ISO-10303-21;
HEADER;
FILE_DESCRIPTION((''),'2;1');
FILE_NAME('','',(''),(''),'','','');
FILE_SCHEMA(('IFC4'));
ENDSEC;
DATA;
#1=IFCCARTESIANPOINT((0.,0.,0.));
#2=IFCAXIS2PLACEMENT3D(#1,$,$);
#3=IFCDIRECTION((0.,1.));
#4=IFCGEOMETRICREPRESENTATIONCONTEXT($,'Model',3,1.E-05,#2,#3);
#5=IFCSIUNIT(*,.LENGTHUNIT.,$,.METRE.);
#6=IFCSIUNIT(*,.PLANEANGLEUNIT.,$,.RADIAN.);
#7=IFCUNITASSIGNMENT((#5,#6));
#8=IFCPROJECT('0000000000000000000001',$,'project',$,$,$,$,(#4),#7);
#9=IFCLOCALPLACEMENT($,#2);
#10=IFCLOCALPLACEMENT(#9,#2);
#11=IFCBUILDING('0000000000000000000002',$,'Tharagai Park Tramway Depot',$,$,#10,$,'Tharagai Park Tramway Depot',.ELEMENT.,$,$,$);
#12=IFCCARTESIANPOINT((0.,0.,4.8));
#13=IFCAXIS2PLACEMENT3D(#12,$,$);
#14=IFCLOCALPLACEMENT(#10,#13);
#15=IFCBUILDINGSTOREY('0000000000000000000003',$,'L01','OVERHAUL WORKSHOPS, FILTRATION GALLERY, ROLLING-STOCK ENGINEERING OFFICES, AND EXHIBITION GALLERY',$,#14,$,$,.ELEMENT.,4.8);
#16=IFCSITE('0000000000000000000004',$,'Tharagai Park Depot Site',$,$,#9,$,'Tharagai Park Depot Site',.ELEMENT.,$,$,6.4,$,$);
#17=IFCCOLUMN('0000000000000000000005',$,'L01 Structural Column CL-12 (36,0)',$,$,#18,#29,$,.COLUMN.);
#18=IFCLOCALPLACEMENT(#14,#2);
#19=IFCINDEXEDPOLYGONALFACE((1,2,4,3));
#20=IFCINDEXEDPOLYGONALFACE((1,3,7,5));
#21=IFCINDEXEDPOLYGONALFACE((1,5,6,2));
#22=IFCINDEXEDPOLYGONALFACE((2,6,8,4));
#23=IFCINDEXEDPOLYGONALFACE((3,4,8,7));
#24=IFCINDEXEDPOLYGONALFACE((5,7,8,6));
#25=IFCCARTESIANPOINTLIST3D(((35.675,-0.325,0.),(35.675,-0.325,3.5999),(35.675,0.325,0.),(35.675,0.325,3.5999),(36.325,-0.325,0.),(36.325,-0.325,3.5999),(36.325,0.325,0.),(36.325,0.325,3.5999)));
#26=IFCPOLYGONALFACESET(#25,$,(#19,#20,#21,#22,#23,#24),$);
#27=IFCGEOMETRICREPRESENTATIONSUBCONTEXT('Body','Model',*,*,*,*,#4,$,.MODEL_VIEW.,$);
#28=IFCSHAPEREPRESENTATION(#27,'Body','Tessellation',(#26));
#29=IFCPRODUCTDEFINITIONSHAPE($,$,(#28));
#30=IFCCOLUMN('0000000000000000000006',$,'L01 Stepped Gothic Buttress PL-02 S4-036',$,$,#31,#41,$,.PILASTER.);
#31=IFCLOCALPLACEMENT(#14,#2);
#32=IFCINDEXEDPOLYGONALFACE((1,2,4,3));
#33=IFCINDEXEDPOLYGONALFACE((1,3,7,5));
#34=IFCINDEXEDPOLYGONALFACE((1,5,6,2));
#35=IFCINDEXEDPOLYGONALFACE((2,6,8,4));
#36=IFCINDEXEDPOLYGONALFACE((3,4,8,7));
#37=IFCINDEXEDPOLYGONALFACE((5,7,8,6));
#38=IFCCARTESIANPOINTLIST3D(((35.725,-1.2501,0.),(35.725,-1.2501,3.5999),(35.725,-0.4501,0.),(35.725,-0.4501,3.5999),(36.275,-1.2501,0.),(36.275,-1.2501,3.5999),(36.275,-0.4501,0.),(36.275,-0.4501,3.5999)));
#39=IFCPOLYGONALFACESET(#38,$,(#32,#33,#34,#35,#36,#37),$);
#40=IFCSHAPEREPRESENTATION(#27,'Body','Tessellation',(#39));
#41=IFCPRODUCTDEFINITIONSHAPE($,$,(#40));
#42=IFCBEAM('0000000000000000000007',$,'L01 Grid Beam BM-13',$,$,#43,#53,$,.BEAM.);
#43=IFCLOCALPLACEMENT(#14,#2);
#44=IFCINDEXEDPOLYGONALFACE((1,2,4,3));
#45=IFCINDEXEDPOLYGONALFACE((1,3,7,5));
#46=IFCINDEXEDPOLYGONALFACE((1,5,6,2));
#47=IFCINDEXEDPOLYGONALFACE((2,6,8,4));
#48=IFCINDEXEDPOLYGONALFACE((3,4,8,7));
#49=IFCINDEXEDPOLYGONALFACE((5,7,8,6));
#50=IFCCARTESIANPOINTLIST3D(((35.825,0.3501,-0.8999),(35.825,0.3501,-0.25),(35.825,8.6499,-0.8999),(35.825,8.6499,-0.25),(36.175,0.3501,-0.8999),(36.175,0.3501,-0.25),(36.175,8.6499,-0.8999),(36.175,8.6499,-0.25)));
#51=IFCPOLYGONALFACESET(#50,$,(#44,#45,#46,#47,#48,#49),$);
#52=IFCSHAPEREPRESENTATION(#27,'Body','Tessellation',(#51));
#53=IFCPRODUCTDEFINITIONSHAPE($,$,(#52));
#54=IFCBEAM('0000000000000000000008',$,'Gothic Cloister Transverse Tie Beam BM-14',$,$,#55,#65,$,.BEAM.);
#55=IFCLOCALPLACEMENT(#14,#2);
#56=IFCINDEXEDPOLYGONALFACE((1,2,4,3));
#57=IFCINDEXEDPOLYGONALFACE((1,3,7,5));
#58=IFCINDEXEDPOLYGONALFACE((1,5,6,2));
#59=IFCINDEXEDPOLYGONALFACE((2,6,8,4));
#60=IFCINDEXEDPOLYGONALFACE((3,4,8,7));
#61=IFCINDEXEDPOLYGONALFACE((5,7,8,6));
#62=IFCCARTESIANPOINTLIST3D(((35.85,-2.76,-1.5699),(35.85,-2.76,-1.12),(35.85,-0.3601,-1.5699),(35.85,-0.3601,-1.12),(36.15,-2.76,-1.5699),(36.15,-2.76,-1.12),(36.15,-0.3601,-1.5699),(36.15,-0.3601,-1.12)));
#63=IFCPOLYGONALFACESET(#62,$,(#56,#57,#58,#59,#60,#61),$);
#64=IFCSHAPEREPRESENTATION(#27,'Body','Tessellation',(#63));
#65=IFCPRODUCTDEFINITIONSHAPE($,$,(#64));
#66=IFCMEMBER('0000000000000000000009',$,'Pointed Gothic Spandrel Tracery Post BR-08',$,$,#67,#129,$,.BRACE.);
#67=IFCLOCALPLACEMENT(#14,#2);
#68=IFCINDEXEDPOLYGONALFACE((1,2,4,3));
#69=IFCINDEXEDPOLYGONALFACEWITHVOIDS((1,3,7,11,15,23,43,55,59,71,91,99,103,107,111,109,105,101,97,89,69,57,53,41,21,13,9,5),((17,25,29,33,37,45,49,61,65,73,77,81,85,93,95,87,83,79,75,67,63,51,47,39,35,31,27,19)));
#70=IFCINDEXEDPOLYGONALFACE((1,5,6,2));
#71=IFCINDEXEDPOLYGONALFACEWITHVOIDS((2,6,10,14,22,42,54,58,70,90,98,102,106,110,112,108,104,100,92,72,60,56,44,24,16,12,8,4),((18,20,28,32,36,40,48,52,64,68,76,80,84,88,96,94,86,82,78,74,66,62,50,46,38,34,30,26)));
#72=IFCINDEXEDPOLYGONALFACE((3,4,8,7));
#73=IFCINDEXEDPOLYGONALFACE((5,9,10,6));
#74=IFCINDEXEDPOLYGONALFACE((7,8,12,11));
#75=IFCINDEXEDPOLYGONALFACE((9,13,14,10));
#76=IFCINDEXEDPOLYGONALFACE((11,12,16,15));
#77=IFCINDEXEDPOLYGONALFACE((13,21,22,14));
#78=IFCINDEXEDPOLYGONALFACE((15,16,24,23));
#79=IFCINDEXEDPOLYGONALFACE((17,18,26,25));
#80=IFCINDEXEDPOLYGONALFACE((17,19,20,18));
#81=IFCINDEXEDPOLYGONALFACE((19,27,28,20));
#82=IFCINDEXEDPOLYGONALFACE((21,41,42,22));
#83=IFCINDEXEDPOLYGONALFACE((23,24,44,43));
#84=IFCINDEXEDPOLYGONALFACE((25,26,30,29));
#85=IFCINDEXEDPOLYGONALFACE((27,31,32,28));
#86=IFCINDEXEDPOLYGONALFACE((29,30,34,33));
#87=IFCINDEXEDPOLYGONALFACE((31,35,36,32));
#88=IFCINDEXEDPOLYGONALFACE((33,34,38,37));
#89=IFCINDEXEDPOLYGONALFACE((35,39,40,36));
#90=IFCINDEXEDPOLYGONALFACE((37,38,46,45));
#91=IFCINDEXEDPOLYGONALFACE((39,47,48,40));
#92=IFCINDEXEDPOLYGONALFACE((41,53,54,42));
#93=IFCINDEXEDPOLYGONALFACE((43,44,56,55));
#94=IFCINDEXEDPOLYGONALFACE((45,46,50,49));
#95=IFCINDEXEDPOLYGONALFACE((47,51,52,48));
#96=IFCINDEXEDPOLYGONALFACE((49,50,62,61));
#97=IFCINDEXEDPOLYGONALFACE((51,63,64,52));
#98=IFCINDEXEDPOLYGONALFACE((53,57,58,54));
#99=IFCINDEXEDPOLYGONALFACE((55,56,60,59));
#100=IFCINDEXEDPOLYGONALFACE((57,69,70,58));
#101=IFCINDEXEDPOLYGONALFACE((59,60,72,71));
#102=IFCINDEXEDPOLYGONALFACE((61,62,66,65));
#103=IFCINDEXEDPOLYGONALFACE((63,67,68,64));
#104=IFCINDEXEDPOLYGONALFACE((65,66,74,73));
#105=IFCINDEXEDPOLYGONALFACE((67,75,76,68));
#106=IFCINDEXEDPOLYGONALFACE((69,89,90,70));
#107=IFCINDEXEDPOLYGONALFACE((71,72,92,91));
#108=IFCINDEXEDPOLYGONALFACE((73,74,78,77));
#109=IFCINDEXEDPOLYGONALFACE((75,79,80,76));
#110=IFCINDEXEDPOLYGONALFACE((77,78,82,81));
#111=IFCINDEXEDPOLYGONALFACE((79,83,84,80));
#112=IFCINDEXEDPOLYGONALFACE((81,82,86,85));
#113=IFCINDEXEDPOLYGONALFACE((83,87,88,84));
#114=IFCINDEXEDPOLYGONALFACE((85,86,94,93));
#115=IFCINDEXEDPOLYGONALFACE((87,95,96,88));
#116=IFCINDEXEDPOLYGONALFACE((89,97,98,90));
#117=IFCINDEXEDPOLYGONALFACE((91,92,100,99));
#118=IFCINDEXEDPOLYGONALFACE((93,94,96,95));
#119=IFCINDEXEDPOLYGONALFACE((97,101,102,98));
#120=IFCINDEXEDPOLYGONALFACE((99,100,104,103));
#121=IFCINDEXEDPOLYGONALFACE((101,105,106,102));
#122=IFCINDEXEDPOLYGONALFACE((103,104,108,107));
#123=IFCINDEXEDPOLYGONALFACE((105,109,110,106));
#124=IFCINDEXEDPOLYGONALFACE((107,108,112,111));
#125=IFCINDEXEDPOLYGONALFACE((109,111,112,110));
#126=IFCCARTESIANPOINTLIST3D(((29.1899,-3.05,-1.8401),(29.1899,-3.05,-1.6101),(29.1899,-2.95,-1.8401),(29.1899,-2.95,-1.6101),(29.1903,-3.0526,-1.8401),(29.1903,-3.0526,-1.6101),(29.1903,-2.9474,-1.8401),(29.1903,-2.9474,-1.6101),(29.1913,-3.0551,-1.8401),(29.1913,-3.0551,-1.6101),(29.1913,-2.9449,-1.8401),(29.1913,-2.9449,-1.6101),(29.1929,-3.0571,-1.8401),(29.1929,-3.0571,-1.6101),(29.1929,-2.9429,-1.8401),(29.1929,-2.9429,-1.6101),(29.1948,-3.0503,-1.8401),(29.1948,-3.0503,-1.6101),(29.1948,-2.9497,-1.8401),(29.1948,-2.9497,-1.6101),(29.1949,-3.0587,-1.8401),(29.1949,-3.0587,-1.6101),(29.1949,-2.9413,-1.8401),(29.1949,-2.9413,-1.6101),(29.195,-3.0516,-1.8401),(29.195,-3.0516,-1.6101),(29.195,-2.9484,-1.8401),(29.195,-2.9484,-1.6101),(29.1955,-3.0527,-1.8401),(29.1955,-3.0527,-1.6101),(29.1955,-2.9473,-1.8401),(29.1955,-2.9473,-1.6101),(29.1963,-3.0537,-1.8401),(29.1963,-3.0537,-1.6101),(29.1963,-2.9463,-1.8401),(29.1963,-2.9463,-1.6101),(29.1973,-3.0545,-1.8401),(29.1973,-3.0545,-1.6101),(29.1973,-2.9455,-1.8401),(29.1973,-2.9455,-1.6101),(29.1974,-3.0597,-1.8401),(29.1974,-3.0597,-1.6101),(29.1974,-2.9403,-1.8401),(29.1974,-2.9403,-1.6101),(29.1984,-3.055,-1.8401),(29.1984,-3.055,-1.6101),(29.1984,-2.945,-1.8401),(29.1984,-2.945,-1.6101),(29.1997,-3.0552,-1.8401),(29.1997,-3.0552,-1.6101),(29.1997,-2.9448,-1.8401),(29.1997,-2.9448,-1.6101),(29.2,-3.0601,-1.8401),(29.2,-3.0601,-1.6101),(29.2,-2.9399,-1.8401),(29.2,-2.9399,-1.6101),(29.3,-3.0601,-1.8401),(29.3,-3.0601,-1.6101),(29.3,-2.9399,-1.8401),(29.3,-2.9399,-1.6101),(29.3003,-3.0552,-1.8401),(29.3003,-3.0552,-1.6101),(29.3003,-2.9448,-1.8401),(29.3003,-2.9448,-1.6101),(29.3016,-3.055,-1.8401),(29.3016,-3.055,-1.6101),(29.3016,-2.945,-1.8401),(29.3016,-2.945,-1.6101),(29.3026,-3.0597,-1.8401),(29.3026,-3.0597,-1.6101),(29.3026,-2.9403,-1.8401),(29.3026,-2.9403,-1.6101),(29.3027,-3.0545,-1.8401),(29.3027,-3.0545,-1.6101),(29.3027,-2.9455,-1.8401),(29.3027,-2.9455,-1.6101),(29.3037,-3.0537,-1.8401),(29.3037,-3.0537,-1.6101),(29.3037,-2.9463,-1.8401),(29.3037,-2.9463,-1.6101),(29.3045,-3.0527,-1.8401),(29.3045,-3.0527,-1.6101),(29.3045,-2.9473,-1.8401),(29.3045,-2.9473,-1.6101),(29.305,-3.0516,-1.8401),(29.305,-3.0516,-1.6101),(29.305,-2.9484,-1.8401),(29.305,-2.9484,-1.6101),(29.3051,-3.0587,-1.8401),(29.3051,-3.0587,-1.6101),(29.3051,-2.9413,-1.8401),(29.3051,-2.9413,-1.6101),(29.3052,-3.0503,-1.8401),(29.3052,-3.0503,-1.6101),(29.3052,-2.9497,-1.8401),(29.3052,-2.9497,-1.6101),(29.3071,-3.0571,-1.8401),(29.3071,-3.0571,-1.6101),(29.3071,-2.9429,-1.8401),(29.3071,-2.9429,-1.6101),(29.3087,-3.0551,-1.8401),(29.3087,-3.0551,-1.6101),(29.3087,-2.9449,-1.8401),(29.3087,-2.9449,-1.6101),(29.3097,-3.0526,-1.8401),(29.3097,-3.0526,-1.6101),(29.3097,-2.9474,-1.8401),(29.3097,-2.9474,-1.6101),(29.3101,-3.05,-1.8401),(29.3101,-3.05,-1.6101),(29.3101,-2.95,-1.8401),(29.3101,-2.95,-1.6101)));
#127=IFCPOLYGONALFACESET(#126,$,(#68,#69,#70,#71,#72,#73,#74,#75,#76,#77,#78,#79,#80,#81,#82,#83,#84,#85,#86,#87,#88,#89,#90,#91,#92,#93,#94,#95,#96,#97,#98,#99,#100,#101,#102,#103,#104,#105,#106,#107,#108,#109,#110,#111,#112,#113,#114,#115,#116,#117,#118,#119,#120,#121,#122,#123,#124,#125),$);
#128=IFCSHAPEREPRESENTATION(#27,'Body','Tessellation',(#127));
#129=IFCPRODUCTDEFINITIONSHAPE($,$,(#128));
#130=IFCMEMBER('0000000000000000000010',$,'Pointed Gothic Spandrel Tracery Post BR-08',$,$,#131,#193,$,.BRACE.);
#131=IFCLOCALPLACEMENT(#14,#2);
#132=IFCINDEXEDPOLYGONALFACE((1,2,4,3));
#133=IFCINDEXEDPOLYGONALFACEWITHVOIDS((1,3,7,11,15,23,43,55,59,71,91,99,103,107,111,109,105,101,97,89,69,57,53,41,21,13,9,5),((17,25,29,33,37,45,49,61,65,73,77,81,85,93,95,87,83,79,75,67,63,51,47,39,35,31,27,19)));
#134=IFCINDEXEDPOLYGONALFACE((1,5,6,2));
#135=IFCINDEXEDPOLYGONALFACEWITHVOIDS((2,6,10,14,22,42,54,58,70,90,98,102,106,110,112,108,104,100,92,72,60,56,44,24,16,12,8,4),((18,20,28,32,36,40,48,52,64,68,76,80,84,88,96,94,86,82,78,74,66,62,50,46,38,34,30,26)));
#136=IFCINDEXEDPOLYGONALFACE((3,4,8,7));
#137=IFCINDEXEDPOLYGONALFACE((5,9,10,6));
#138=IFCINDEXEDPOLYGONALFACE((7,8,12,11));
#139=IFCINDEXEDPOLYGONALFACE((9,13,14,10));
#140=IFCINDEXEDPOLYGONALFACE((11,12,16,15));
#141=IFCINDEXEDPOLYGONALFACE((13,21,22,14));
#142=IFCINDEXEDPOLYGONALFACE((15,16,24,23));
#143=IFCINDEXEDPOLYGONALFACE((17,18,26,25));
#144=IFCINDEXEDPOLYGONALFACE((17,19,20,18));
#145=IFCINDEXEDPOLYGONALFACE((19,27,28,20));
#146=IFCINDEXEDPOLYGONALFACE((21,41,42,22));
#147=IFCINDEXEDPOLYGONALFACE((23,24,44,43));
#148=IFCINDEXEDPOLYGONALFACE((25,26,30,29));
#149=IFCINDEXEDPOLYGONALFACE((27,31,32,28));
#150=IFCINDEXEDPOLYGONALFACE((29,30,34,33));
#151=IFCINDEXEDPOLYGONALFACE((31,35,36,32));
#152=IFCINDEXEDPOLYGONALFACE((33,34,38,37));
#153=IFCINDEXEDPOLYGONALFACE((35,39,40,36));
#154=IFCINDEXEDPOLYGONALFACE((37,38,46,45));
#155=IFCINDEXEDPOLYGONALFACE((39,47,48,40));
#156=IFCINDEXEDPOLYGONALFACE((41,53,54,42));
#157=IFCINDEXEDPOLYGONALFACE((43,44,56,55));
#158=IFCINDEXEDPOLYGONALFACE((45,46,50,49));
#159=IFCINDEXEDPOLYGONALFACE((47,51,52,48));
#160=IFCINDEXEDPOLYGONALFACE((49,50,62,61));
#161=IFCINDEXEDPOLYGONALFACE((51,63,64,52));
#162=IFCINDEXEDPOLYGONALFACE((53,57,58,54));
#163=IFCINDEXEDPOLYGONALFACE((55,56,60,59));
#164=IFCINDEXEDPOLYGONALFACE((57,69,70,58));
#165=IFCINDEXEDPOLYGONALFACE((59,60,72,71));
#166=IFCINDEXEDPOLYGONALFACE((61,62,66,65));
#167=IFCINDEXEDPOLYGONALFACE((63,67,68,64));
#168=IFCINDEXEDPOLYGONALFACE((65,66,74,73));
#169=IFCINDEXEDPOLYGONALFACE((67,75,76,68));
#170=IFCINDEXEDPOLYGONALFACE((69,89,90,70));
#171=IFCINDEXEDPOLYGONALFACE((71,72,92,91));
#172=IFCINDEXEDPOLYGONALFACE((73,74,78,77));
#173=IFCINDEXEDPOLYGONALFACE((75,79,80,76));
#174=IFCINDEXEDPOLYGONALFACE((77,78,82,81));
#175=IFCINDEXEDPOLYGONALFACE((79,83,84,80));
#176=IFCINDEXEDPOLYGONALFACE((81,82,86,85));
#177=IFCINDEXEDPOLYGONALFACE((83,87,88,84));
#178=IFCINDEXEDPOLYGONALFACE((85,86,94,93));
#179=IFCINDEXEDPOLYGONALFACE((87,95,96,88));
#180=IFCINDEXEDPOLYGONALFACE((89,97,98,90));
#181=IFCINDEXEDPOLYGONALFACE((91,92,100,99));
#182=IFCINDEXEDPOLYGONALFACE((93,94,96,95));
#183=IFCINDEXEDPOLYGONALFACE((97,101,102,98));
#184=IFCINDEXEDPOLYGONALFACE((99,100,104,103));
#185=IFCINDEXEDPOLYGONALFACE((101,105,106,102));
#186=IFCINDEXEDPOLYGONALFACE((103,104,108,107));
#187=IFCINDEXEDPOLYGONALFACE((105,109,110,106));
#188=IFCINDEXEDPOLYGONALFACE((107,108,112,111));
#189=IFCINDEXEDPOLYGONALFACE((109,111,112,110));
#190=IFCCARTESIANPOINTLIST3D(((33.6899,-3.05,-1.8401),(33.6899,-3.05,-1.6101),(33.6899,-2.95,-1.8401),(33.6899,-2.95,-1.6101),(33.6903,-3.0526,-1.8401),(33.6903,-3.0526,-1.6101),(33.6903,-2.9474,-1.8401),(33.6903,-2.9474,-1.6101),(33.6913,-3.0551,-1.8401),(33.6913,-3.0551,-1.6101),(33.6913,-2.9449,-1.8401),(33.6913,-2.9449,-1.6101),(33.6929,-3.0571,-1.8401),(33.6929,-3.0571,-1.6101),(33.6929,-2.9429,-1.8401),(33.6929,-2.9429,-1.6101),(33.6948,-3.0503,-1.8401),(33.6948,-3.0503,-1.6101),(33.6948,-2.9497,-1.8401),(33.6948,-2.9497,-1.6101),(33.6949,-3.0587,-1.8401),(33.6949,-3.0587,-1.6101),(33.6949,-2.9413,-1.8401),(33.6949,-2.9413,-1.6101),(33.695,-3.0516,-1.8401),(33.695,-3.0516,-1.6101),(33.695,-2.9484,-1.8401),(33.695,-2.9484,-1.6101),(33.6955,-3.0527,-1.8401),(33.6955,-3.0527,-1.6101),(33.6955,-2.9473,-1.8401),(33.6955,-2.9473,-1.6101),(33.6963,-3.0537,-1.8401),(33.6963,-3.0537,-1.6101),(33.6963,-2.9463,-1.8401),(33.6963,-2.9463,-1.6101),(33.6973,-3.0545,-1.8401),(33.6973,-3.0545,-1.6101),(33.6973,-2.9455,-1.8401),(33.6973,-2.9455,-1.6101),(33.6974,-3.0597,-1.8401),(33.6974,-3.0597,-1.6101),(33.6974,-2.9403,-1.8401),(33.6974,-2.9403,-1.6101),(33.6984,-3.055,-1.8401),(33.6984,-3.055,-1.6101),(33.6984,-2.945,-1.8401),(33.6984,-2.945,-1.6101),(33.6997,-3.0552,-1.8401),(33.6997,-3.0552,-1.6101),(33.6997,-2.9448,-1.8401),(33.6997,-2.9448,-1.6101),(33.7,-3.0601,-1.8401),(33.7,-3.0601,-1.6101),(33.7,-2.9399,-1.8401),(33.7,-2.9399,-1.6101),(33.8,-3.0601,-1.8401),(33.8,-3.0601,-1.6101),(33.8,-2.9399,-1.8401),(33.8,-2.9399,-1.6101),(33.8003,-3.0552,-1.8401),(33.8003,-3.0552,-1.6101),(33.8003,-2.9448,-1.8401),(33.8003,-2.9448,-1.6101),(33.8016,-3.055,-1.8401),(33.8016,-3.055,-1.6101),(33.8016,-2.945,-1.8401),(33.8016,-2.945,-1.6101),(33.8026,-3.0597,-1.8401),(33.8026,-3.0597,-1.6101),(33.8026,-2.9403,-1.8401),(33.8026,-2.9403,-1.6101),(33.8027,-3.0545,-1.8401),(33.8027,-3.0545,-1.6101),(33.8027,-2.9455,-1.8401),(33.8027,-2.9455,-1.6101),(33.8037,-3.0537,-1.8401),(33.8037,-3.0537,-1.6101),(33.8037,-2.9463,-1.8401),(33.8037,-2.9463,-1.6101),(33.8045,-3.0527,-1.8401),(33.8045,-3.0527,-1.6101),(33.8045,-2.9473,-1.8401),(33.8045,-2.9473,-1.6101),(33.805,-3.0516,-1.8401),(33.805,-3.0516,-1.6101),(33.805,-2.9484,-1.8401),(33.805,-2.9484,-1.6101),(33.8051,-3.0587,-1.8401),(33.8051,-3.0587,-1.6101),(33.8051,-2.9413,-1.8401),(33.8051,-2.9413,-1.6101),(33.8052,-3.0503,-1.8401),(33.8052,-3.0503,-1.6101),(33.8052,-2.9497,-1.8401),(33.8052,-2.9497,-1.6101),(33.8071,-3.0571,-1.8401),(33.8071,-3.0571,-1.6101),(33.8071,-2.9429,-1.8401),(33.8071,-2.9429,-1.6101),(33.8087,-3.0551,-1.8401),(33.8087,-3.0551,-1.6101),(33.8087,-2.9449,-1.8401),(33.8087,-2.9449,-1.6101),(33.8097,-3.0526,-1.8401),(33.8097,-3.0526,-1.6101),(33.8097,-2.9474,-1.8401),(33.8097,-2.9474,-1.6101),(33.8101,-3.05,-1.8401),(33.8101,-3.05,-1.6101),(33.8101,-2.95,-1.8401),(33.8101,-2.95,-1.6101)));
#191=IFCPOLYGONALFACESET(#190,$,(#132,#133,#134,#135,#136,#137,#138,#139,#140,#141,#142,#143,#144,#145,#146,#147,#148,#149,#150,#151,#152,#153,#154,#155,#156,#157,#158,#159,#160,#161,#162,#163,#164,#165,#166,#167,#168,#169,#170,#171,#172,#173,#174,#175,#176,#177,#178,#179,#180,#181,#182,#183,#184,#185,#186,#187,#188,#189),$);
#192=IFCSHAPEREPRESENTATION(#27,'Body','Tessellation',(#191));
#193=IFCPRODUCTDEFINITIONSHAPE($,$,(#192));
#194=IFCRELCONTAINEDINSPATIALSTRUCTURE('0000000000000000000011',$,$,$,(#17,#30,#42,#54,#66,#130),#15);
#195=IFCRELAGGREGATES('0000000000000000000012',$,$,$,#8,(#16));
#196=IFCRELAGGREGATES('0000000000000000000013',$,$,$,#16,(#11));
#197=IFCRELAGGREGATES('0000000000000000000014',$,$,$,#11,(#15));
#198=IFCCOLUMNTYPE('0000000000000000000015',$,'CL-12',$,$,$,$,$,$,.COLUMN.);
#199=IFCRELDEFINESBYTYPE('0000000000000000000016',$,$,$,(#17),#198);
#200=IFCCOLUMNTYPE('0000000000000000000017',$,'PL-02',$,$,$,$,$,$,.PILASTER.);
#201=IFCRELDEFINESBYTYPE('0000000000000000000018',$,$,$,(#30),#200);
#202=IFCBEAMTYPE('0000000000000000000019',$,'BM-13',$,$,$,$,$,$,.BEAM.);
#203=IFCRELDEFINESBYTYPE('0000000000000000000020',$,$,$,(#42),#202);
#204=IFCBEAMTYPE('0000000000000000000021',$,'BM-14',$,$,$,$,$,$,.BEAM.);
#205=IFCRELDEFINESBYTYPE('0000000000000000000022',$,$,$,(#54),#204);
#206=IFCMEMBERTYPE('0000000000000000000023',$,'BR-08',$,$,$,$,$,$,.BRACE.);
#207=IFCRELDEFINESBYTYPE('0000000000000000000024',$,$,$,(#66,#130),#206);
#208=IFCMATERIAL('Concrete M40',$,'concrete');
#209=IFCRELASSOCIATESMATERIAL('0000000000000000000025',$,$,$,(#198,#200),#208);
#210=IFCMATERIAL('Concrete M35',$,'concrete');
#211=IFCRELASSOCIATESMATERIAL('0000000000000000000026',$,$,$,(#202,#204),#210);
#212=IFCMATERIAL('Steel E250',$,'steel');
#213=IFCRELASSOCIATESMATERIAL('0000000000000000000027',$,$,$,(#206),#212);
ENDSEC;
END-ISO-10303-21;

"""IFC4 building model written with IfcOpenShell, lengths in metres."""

from ifc_helpers import new_model, si_unit, direction, frame, origin, origin_2d, place, context, subcontext, project, spatial, rectangle, hollow_rectangle, extrude, material, material_profile, profile_set, type_object, element, save


model = new_model("IFC4")

# Units and contexts
model_context = context("Model", 3, precision=1e-05, world=origin(), true_north=direction((0.0, 1.0)))
body_context = subcontext(model_context, "Body", "Model", "MODEL_VIEW")
ifc_project = project(units=[si_unit("LENGTHUNIT", "METRE"), si_unit("PLANEANGLEUNIT", "RADIAN")], contexts=[model_context])

# Site, building, storey
site_placement = place(None, origin())
site = spatial("IfcSite", under=ifc_project, at=site_placement, Name="Tharagai Park Depot Site", LongName="Tharagai Park Depot Site", CompositionType="ELEMENT", RefElevation=6.4)
building_placement = place(site_placement, origin())
building = spatial("IfcBuilding", under=site, at=building_placement, Name="Tharagai Park Tramway Depot", LongName="Tharagai Park Tramway Depot", CompositionType="ELEMENT")
storey_placement = place(building_placement, frame((0.0, 0.0, 4.8)))
storey = spatial("IfcBuildingStorey", under=building, at=storey_placement, Name="L01", Description="OVERHAUL WORKSHOPS, FILTRATION GALLERY, ROLLING-STOCK ENGINEERING OFFICES, AND EXHIBITION GALLERY", CompositionType="ELEMENT", Elevation=4.8)

# Columns
ifc_material_1 = material(Name="Concrete M40", Category="concrete")
ifc_material_profile_1 = material_profile(ifc_material_1, rectangle(XDim=0.6499, YDim=0.6499, at=origin_2d()), Name="RC 650x650")
ifc_profile_set_1 = profile_set([ifc_material_profile_1], Name="Concrete M40")
column_type_1 = type_object("IfcColumnType", Name="CL-12", PredefinedType="COLUMN", material=ifc_profile_set_1)
column_1_placement = place(storey_placement, frame((36.0, 0.0, 0.0), z_axis=(0.0, 0.0, 1.0), x_axis=(1.0, 0.0, 0.0)))
element("IfcColumn", 1, at=column_1_placement, inside=storey, type_object=column_type_1, Name="L01 Structural Column CL-12 (36,0)", PredefinedType="COLUMN", context=body_context, shape_type="SweptSolid", body=[
    extrude(rectangle(XDim=0.6499, YDim=0.6499, at=origin_2d()), origin(), (0.0, 0.0, 1.0), 3.5999),
])
ifc_material_profile_2 = material_profile(ifc_material_1, rectangle(XDim=0.55, YDim=0.8, at=origin_2d()), Name="RC 550x800")
ifc_profile_set_2 = profile_set([ifc_material_profile_2], Name="Concrete M40")
column_type_2 = type_object("IfcColumnType", Name="PL-02", PredefinedType="PILASTER", material=ifc_profile_set_2)
column_2_placement = place(storey_placement, frame((36.0, -0.8501, 0.0), z_axis=(0.0, 0.0, 1.0), x_axis=(1.0, 0.0, 0.0)))
element("IfcColumn", 2, at=column_2_placement, inside=storey, type_object=column_type_2, Name="L01 Stepped Gothic Buttress PL-02 S4-036", PredefinedType="PILASTER", context=body_context, shape_type="SweptSolid", body=[
    extrude(rectangle(XDim=0.55, YDim=0.8, at=origin_2d()), origin(), (0.0, 0.0, 1.0), 3.5999),
])

# Beams
ifc_material_2 = material(Name="Concrete M35", Category="concrete")
ifc_material_profile_3 = material_profile(ifc_material_2, rectangle(XDim=0.3501, YDim=0.6499, at=origin_2d()), Name="RC 350x650")
ifc_profile_set_3 = profile_set([ifc_material_profile_3], Name="Concrete M35")
beam_type_1 = type_object("IfcBeamType", Name="BM-13", PredefinedType="BEAM", material=ifc_profile_set_3)
beam_1_placement = place(storey_placement, frame((36.0, 0.3501, -0.575), z_axis=(0.0, 1.0, 0.0), x_axis=(-1.0, 0.0, 0.0)))
element("IfcBeam", 3, at=beam_1_placement, inside=storey, type_object=beam_type_1, Name="L01 Grid Beam BM-13", PredefinedType="BEAM", context=body_context, shape_type="SweptSolid", body=[
    extrude(rectangle(XDim=0.3501, YDim=0.6499, at=origin_2d()), origin(), (0.0, 0.0, 1.0), 8.2998),
])
ifc_material_profile_4 = material_profile(ifc_material_2, rectangle(XDim=0.3, YDim=0.45, at=origin_2d()), Name="RC 300x450")
ifc_profile_set_4 = profile_set([ifc_material_profile_4], Name="Concrete M35")
beam_type_2 = type_object("IfcBeamType", Name="BM-14", PredefinedType="BEAM", material=ifc_profile_set_4)
beam_2_placement = place(storey_placement, frame((36.0, -2.76, -1.345), z_axis=(0.0, 1.0, 0.0), x_axis=(-1.0, 0.0, 0.0)))
element("IfcBeam", 4, at=beam_2_placement, inside=storey, type_object=beam_type_2, Name="Gothic Cloister Transverse Tie Beam BM-14", PredefinedType="BEAM", context=body_context, shape_type="SweptSolid", body=[
    extrude(rectangle(XDim=0.3, YDim=0.45, at=origin_2d()), origin(), (0.0, 0.0, 1.0), 2.3999),
])

# Members
ifc_material_3 = material(Name="Steel E250", Category="steel")
ifc_material_profile_5 = material_profile(ifc_material_3, hollow_rectangle(XDim=0.1201, YDim=0.1201, WallThickness=0.0049, InnerFilletRadius=0.0049, OuterFilletRadius=0.01, at=origin_2d()), Name="SHS 120x120x5")
ifc_profile_set_5 = profile_set([ifc_material_profile_5], Name="Steel E250")
member_type_1 = type_object("IfcMemberType", Name="BR-08", PredefinedType="BRACE", material=ifc_profile_set_5)
for number, where, z_axis, x_axis, name in (
    (5, (29.25, -3.0, -1.8401), (0.0, 0.0, 1.0), (1.0, 0.0, 0.0), "Pointed Gothic Spandrel Tracery Post BR-08"),
    (6, (33.75, -3.0, -1.8401), (0.0, 0.0, 1.0), (1.0, 0.0, 0.0), "Pointed Gothic Spandrel Tracery Post BR-08"),
):
    element("IfcMember", number, at=place(storey_placement, frame(where, z_axis=z_axis, x_axis=x_axis)), inside=storey, type_object=member_type_1, Name=name, PredefinedType="BRACE", context=body_context, shape_type="SweptSolid", body=[
        extrude(hollow_rectangle(XDim=0.1201, YDim=0.1201, WallThickness=0.0049, InnerFilletRadius=0.0049, OuterFilletRadius=0.01, at=origin_2d()), origin(), (0.0, 0.0, 1.0), 0.23),
    ])

save(model, "model.ifc")
